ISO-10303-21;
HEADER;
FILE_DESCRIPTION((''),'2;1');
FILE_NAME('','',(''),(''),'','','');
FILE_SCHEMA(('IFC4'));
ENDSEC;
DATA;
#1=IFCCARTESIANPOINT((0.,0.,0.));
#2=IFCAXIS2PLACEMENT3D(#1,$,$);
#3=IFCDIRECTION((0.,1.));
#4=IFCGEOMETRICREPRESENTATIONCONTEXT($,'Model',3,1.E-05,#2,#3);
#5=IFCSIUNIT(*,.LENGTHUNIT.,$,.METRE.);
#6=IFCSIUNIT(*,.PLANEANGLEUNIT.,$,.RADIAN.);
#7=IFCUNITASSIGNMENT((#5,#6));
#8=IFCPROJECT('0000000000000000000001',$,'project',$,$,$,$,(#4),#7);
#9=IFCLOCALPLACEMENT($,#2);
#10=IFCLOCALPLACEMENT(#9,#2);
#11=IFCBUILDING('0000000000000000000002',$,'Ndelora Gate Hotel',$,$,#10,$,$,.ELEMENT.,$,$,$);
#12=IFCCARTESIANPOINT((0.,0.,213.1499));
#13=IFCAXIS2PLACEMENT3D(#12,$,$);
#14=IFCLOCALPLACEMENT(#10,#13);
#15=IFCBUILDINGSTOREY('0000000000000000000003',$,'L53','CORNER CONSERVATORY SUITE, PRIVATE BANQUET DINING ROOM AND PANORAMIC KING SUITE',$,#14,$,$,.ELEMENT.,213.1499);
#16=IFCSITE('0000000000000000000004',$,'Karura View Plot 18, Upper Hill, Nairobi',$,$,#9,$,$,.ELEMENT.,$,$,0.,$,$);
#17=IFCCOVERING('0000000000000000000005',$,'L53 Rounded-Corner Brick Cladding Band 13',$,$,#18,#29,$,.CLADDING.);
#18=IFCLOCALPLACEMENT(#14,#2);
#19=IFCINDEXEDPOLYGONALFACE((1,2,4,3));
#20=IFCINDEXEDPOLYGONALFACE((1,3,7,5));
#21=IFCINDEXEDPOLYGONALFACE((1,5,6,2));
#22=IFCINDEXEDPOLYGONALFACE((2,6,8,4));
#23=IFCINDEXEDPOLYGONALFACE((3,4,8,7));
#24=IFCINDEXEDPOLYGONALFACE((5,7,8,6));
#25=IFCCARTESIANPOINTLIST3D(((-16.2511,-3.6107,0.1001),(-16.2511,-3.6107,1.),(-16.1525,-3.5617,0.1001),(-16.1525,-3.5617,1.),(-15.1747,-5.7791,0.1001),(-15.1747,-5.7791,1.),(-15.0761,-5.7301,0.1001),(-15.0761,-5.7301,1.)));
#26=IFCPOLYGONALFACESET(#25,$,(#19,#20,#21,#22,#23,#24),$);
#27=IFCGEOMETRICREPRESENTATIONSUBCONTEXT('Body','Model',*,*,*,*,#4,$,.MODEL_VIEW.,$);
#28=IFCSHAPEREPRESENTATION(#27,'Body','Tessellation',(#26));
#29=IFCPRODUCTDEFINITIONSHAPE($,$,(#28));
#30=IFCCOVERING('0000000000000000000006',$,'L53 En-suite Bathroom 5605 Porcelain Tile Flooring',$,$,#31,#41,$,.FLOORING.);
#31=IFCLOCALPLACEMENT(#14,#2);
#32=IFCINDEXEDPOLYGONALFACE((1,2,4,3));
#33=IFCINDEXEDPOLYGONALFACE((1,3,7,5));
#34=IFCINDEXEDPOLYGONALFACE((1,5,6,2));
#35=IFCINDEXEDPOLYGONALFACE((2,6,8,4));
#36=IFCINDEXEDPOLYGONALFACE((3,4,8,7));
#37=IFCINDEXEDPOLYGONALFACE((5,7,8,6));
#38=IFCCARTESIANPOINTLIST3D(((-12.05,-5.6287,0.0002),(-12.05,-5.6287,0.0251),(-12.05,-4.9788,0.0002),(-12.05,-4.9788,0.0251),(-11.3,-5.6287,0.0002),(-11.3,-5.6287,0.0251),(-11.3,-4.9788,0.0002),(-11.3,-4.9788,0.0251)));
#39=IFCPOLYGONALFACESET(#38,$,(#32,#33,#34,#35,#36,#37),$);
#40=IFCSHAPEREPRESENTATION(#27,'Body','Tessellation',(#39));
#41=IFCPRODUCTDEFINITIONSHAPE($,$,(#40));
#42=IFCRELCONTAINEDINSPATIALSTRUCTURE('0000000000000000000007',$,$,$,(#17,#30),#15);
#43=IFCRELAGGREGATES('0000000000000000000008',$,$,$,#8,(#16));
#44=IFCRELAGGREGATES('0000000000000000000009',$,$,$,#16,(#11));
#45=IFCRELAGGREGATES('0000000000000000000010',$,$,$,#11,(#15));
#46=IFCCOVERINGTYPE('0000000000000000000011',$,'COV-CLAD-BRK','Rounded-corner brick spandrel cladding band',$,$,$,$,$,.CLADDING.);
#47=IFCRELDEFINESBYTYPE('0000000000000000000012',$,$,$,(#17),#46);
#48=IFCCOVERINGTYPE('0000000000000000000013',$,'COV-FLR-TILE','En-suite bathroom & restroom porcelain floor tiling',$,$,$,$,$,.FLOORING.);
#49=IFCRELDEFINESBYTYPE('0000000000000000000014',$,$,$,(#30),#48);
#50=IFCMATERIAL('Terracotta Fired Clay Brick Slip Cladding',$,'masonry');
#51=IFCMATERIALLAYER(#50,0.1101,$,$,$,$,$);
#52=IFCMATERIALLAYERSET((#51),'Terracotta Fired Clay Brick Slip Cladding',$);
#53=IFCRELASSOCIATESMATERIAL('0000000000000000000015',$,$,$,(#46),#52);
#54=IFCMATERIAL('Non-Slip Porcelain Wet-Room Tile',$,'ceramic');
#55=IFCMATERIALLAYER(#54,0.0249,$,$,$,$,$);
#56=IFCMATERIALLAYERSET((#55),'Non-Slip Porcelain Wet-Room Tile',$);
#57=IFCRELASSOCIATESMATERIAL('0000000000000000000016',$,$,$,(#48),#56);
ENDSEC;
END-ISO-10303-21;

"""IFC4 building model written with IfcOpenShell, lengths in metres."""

from ifc_helpers import new_model, si_unit, direction, frame, origin, origin_2d, place, context, subcontext, project, spatial, rectangle, extrude, material, layer, layer_set, type_object, element, save


model = new_model("IFC4")

# Units and contexts
model_context = context("Model", 3, precision=1e-05, world=origin(), true_north=direction((0.0, 1.0)))
body_context = subcontext(model_context, "Body", "Model", "MODEL_VIEW")
ifc_project = project(units=[si_unit("LENGTHUNIT", "METRE"), si_unit("PLANEANGLEUNIT", "RADIAN")], contexts=[model_context])

# Site, building, storey
site_placement = place(None, origin())
site = spatial("IfcSite", under=ifc_project, at=site_placement, Name="Karura View Plot 18, Upper Hill, Nairobi", CompositionType="ELEMENT", RefElevation=0.0)
building_placement = place(site_placement, origin())
building = spatial("IfcBuilding", under=site, at=building_placement, Name="Ndelora Gate Hotel", CompositionType="ELEMENT")
storey_placement = place(building_placement, frame((0.0, 0.0, 213.1499)))
storey = spatial("IfcBuildingStorey", under=building, at=storey_placement, Name="L53", Description="CORNER CONSERVATORY SUITE, PRIVATE BANQUET DINING ROOM AND PANORAMIC KING SUITE", CompositionType="ELEMENT", Elevation=213.1499)

# Coverings
ifc_material_1 = material(Name="Terracotta Fired Clay Brick Slip Cladding", Category="masonry")
ifc_layer_1 = layer(ifc_material_1, 0.1101)
ifc_layer_set_1 = layer_set([ifc_layer_1], Name="Terracotta Fired Clay Brick Slip Cladding")
covering_type_1 = type_object("IfcCoveringType", Name="COV-CLAD-BRK", Description="Rounded-corner brick spandrel cladding band", PredefinedType="CLADDING", material=ifc_layer_set_1)
covering_1_placement = place(storey_placement, frame((-15.6636, -4.6704, 0.1001), z_axis=(0.0, 0.0, 1.0), x_axis=(-0.444635, 0.895712, 0.0)))
element("IfcCovering", 1, at=covering_1_placement, inside=storey, type_object=covering_type_1, Name="L53 Rounded-Corner Brick Cladding Band 13", PredefinedType="CLADDING", context=body_context, shape_type="SweptSolid", body=[
    extrude(rectangle(XDim=2.4209, YDim=0.1101, at=origin_2d()), origin(), (0.0, 0.0, 1.0), 0.8999),
])
ifc_material_2 = material(Name="Non-Slip Porcelain Wet-Room Tile", Category="ceramic")
ifc_layer_2 = layer(ifc_material_2, 0.0249)
ifc_layer_set_2 = layer_set([ifc_layer_2], Name="Non-Slip Porcelain Wet-Room Tile")
covering_type_2 = type_object("IfcCoveringType", Name="COV-FLR-TILE", Description="En-suite bathroom & restroom porcelain floor tiling", PredefinedType="FLOORING", material=ifc_layer_set_2)
covering_2_placement = place(storey_placement, frame((-11.675, -5.3037, 0.0002), z_axis=(0.0, 0.0, 1.0), x_axis=(1.0, 0.0, 0.0)))
element("IfcCovering", 2, at=covering_2_placement, inside=storey, type_object=covering_type_2, Name="L53 En-suite Bathroom 5605 Porcelain Tile Flooring", PredefinedType="FLOORING", context=body_context, shape_type="SweptSolid", body=[
    extrude(rectangle(XDim=0.75, YDim=0.6499, at=origin_2d()), origin(), (0.0, 0.0, 1.0), 0.0249),
])

save(model, "model.ifc")
